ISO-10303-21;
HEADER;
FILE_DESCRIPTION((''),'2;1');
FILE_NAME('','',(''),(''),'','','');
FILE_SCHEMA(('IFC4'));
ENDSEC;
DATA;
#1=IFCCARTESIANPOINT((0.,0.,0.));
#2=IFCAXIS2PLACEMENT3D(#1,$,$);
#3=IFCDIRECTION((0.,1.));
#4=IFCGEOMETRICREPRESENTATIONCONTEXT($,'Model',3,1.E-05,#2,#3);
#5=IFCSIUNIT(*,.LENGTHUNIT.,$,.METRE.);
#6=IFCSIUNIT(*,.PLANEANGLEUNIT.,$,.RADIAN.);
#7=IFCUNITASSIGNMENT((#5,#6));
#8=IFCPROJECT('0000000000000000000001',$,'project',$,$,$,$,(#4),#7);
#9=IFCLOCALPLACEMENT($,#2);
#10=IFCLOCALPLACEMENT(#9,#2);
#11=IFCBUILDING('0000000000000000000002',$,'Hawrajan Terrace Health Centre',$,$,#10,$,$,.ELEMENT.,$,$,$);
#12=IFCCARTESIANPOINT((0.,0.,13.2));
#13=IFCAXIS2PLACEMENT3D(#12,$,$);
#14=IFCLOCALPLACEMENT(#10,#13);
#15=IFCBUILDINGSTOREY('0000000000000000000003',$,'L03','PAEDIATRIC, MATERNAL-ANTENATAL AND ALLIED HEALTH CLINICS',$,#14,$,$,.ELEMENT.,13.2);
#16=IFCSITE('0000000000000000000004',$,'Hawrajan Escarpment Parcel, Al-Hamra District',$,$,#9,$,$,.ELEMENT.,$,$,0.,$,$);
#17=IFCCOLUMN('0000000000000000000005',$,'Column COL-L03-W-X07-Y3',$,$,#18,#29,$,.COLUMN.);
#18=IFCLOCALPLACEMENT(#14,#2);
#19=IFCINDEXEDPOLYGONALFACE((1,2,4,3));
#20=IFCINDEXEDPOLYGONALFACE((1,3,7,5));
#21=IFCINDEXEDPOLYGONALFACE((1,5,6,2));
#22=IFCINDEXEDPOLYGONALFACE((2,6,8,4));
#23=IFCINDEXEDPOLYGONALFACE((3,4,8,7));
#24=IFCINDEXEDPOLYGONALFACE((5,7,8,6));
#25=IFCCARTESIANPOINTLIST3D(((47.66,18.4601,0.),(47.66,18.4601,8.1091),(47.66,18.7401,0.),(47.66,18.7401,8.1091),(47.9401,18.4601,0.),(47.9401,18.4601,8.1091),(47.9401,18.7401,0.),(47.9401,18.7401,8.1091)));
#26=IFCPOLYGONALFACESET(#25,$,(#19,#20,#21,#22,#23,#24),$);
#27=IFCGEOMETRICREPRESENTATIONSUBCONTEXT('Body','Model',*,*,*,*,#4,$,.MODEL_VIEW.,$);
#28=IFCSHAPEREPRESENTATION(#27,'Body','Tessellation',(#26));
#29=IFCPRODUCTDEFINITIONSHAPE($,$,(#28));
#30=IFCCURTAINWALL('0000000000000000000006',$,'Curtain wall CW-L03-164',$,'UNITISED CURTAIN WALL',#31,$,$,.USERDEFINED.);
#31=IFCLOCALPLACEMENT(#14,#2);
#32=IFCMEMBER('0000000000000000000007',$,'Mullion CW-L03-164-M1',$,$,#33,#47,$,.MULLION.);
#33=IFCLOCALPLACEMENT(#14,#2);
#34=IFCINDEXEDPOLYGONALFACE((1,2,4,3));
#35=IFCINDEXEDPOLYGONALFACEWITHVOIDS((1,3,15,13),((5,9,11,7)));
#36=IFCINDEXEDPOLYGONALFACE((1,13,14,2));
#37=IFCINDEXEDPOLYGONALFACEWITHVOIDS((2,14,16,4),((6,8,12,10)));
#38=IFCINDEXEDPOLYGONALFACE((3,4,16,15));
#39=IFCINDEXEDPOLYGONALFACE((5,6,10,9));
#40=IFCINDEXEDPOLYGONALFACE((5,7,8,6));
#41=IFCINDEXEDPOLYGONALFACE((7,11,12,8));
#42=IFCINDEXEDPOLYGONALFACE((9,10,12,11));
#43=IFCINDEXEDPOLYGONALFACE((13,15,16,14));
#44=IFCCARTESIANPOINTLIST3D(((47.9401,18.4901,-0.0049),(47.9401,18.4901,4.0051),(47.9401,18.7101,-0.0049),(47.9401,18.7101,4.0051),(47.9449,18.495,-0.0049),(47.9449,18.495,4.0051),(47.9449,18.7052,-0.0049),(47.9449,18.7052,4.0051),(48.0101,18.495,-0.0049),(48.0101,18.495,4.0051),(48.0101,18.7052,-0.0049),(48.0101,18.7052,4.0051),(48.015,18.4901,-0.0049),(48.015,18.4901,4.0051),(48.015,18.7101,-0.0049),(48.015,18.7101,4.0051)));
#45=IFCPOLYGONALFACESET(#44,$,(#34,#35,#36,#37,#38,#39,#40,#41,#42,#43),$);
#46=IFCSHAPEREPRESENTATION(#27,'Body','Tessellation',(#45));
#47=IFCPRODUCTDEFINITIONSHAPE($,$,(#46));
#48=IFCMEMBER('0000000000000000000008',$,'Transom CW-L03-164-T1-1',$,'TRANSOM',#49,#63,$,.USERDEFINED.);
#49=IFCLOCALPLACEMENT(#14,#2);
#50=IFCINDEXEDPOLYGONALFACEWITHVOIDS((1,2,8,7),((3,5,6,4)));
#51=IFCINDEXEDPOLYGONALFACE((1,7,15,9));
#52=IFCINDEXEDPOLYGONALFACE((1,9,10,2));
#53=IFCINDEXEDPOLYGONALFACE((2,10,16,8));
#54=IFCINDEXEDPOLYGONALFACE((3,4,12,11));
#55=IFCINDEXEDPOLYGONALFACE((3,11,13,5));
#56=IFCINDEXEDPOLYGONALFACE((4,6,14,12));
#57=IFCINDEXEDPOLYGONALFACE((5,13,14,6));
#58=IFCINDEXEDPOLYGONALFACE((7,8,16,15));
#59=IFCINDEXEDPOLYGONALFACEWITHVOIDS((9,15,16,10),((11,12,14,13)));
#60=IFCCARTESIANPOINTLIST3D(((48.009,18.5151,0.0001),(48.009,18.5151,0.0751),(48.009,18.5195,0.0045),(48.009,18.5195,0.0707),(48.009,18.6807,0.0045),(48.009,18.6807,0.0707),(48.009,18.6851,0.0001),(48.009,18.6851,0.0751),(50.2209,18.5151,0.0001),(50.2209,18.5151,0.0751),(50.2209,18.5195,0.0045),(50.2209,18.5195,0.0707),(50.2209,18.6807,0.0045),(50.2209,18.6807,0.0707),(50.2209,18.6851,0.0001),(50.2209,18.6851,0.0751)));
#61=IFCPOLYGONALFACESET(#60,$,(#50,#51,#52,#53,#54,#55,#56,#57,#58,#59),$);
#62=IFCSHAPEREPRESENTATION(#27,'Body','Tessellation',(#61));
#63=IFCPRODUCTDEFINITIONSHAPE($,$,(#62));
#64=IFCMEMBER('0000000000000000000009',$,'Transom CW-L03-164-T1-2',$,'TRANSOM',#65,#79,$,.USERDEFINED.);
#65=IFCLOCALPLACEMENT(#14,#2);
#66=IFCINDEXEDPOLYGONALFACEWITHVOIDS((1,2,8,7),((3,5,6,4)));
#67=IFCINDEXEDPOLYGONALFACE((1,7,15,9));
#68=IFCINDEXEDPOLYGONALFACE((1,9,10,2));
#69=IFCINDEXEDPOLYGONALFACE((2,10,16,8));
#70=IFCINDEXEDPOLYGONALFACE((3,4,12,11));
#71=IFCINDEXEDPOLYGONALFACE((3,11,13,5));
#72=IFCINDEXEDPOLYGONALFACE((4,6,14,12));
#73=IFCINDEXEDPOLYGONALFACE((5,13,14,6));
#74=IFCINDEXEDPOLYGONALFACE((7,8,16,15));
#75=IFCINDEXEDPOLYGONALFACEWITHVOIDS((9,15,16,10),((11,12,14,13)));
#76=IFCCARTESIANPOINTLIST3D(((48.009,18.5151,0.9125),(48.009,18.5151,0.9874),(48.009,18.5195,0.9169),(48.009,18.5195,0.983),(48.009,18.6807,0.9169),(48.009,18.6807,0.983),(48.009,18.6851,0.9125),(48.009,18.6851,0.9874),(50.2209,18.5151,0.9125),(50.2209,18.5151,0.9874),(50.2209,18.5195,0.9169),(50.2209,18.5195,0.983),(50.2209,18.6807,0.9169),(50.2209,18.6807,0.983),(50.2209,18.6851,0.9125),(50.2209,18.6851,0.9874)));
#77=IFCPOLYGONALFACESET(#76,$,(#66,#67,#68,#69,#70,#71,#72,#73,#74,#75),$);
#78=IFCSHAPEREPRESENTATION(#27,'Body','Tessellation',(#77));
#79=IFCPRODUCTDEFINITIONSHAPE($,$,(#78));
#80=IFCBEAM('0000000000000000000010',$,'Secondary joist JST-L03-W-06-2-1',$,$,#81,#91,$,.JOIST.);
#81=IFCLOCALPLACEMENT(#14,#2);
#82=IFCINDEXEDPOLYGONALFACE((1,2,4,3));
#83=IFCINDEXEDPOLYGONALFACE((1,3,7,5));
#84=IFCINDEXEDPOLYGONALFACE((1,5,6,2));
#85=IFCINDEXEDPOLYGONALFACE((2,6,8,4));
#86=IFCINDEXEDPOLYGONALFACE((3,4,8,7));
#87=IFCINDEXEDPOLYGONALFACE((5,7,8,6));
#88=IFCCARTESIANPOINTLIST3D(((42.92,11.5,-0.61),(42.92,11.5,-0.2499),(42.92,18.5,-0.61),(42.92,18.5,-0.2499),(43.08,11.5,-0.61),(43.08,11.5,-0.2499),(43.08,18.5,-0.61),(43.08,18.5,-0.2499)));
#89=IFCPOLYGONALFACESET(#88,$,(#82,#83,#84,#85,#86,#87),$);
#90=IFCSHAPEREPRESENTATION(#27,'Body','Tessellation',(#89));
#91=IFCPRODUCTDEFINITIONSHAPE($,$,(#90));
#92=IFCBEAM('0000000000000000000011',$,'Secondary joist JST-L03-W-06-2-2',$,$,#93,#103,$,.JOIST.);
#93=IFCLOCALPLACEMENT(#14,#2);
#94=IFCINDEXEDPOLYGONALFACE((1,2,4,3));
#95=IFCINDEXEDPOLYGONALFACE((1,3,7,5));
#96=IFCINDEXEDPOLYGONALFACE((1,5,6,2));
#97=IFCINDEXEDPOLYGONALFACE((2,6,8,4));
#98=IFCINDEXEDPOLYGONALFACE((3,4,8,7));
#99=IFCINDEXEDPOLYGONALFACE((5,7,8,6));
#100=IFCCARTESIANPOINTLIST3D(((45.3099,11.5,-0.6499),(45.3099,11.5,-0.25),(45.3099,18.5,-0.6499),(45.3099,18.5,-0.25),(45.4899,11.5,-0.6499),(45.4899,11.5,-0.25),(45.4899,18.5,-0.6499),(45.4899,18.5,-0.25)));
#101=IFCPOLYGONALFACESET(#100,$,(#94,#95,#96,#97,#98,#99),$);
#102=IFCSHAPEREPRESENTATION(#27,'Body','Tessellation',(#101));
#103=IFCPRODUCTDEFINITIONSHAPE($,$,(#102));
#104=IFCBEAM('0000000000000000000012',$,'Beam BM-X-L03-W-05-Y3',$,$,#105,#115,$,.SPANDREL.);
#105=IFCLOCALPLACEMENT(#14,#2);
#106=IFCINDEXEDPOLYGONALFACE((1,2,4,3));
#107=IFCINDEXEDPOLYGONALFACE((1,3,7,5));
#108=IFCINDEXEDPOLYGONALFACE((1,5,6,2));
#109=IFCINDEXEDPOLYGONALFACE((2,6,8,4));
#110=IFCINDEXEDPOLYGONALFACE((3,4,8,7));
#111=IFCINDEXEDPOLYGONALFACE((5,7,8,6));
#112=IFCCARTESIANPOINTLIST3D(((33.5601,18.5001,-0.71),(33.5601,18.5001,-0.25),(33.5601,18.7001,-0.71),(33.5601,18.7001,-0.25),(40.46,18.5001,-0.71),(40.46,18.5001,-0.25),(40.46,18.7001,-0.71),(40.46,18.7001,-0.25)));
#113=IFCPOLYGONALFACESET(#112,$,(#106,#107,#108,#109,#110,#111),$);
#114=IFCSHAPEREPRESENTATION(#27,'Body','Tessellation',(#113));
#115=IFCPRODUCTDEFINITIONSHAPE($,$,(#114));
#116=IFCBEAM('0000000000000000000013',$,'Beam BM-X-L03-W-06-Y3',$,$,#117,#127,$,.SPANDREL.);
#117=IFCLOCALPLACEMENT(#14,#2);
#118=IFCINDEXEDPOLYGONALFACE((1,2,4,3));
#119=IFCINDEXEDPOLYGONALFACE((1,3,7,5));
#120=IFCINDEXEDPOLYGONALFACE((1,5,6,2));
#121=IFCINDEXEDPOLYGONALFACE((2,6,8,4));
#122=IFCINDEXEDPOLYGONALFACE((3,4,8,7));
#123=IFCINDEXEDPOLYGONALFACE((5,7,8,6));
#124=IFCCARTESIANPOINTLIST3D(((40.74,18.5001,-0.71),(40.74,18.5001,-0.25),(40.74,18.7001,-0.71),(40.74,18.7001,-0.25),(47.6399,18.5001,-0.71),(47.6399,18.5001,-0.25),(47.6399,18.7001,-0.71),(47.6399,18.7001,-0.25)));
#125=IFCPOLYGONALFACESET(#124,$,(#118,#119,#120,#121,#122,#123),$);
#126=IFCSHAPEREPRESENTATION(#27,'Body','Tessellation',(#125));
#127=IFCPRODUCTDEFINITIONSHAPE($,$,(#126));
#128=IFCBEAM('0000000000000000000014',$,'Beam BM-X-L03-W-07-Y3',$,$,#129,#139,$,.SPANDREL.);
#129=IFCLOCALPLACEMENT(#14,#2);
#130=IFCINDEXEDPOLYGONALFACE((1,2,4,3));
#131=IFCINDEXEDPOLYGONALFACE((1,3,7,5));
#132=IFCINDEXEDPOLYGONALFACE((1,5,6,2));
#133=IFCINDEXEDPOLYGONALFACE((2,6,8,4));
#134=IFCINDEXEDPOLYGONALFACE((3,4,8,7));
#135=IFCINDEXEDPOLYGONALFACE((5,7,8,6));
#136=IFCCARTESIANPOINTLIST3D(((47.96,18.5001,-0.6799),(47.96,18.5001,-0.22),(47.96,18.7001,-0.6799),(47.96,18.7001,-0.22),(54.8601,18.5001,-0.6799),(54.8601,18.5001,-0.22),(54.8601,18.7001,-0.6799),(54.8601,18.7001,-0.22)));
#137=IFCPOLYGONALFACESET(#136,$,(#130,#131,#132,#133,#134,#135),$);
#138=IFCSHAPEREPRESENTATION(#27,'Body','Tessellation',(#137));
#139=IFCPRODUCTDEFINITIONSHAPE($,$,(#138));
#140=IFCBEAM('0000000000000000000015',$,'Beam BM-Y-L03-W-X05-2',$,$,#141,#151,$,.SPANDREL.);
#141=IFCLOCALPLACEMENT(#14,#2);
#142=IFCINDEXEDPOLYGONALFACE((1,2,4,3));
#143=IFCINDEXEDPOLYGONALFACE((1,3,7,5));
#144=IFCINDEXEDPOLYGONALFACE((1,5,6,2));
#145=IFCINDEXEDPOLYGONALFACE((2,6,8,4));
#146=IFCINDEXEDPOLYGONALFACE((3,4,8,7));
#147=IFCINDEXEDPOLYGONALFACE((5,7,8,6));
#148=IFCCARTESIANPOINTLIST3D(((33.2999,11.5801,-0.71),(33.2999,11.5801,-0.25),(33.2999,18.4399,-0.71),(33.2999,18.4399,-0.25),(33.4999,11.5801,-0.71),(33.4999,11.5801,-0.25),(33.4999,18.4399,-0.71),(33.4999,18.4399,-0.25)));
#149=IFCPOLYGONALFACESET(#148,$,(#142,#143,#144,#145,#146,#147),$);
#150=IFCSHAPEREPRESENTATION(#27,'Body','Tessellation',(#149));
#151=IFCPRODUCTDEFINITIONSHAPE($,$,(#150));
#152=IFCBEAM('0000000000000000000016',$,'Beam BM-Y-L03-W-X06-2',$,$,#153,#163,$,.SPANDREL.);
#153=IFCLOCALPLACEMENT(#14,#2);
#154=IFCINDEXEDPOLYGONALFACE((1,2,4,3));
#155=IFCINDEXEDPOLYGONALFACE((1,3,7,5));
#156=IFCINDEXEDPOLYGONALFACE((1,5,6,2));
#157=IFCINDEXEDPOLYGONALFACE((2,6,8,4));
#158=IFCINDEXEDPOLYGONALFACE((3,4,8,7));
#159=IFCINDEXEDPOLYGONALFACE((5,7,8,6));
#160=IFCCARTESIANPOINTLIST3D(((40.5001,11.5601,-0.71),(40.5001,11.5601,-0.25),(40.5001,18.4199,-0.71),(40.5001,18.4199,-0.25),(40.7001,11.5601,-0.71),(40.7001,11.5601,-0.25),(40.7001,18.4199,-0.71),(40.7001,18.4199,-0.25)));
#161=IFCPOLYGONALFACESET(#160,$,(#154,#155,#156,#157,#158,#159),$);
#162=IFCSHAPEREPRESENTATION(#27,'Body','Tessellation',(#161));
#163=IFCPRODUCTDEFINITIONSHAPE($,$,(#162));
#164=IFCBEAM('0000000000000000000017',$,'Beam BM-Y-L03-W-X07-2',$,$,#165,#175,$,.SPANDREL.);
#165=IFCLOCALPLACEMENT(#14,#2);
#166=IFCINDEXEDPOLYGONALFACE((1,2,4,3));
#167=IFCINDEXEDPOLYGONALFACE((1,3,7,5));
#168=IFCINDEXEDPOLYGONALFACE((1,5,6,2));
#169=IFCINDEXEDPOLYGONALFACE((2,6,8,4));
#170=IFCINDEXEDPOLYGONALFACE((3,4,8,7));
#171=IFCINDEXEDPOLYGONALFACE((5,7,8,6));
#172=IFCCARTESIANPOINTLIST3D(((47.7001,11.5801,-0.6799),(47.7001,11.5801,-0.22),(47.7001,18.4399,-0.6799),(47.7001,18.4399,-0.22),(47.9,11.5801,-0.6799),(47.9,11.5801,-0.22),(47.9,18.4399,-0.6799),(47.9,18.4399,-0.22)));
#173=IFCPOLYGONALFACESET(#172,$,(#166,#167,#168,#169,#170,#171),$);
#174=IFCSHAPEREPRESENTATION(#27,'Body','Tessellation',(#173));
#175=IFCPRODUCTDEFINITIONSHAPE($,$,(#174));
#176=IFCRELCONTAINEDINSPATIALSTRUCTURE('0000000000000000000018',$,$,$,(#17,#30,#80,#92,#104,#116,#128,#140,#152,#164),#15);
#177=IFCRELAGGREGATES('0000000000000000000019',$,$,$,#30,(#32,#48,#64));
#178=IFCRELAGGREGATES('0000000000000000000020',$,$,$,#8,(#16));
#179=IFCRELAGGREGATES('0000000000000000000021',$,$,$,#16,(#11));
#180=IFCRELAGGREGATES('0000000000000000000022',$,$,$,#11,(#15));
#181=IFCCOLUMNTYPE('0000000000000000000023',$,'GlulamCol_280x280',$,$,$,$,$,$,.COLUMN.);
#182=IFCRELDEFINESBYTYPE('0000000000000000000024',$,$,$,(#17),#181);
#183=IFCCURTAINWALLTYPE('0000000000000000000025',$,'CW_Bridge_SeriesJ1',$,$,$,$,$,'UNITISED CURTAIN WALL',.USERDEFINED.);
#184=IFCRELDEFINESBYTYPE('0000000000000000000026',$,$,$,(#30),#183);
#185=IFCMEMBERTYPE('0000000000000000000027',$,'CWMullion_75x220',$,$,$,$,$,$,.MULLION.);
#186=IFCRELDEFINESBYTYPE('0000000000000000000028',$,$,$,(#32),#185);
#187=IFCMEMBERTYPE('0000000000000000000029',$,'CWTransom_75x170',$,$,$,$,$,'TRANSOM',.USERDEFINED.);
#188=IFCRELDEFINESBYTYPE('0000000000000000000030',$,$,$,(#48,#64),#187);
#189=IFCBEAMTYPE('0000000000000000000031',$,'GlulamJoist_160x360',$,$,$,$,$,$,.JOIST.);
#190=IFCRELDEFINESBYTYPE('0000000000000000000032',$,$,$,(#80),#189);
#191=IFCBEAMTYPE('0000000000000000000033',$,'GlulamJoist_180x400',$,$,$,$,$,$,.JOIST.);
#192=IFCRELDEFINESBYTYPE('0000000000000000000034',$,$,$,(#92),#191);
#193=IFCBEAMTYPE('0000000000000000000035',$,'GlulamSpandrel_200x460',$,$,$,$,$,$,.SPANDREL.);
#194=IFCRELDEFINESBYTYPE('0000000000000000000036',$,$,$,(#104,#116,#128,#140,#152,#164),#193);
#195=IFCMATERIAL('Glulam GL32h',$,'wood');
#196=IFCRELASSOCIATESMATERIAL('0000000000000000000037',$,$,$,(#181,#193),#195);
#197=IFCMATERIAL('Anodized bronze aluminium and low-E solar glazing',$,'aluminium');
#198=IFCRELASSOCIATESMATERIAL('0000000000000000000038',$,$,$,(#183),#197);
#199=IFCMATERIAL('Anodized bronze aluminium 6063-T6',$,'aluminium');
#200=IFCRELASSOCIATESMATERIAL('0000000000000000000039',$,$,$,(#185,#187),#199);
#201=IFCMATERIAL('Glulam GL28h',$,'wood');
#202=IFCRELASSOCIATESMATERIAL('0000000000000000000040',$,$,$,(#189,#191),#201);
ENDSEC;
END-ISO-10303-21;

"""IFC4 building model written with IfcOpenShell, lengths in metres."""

from ifc_helpers import new_model, si_unit, direction, frame, origin, origin_2d, place, context, subcontext, project, spatial, rectangle, hollow_rectangle, extrude, material, material_profile, profile_set, type_object, element, aggregate, save


model = new_model("IFC4")

# Units and contexts
model_context = context("Model", 3, precision=1e-05, world=origin(), true_north=direction((0.0, 1.0)))
body_context = subcontext(model_context, "Body", "Model", "MODEL_VIEW")
ifc_project = project(units=[si_unit("LENGTHUNIT", "METRE"), si_unit("PLANEANGLEUNIT", "RADIAN")], contexts=[model_context])

# Site, building, storey
site_placement = place(None, origin())
site = spatial("IfcSite", under=ifc_project, at=site_placement, Name="Hawrajan Escarpment Parcel, Al-Hamra District", CompositionType="ELEMENT", RefElevation=0.0)
building_placement = place(site_placement, origin())
building = spatial("IfcBuilding", under=site, at=building_placement, Name="Hawrajan Terrace Health Centre", CompositionType="ELEMENT")
storey_placement = place(building_placement, frame((0.0, 0.0, 13.2)))
storey = spatial("IfcBuildingStorey", under=building, at=storey_placement, Name="L03", Description="PAEDIATRIC, MATERNAL-ANTENATAL AND ALLIED HEALTH CLINICS", CompositionType="ELEMENT", Elevation=13.2)

# Column
ifc_material_1 = material(Name="Glulam GL32h", Category="wood")
ifc_material_profile_1 = material_profile(ifc_material_1, rectangle(XDim=0.28, YDim=0.28, at=origin_2d()), Name="GL 280x280")
ifc_profile_set_1 = profile_set([ifc_material_profile_1], Name="Glulam GL32h")
column_type = type_object("IfcColumnType", Name="GlulamCol_280x280", PredefinedType="COLUMN", material=ifc_profile_set_1)
column_placement = place(storey_placement, frame((47.8, 18.6001, 0.0), z_axis=(0.0, 0.0, 1.0), x_axis=(1.0, 0.0, 0.0)))
element("IfcColumn", 1, at=column_placement, inside=storey, type_object=column_type, Name="Column COL-L03-W-X07-Y3", PredefinedType="COLUMN", context=body_context, shape_type="SweptSolid", body=[
    extrude(rectangle(XDim=0.28, YDim=0.28, at=origin_2d()), origin(), (0.0, 0.0, 1.0), 8.1091),
])

# Curtain wall, members
ifc_material_2 = material(Name="Anodized bronze aluminium and low-E solar glazing", Category="aluminium")
curtain_wall_type = type_object("IfcCurtainWallType", Name="CW_Bridge_SeriesJ1", ElementType="UNITISED CURTAIN WALL", PredefinedType="USERDEFINED", material=ifc_material_2)
curtain_wall_placement = place(storey_placement, origin())
curtain_wall = element("IfcCurtainWall", 2, at=curtain_wall_placement, inside=storey, type_object=curtain_wall_type, Name="Curtain wall CW-L03-164", ObjectType="UNITISED CURTAIN WALL", PredefinedType="USERDEFINED")
ifc_material_3 = material(Name="Anodized bronze aluminium 6063-T6", Category="aluminium")
ifc_material_profile_2 = material_profile(ifc_material_3, hollow_rectangle(XDim=0.075, YDim=0.22, WallThickness=0.0049, at=origin_2d()), Name="CW MUL 75x220")
ifc_profile_set_2 = profile_set([ifc_material_profile_2], Name="Anodized bronze aluminium 6063-T6")
member_type_1 = type_object("IfcMemberType", Name="CWMullion_75x220", PredefinedType="MULLION", material=ifc_profile_set_2)
member_1_placement = place(storey_placement, frame((47.9775, 18.6001, -0.0049), z_axis=(0.0, 0.0, 1.0), x_axis=(1.0, 0.0, 0.0)))
member_1 = element("IfcMember", 3, at=member_1_placement, type_object=member_type_1, Name="Mullion CW-L03-164-M1", PredefinedType="MULLION", context=body_context, shape_type="SweptSolid", body=[
    extrude(hollow_rectangle(XDim=0.075, YDim=0.22, WallThickness=0.0049, at=origin_2d()), origin(), (0.0, 0.0, 1.0), 4.01),
])
ifc_material_profile_3 = material_profile(ifc_material_3, hollow_rectangle(XDim=0.075, YDim=0.1699, WallThickness=0.0044, at=origin_2d()), Name="CW TRN 75x170")
ifc_profile_set_3 = profile_set([ifc_material_profile_3], Name="Anodized bronze aluminium 6063-T6")
member_type_2 = type_object("IfcMemberType", Name="CWTransom_75x170", ElementType="TRANSOM", PredefinedType="USERDEFINED", material=ifc_profile_set_3)
member_2_placement = place(storey_placement, frame((48.009, 18.6001, 0.0376), z_axis=(1.0, 0.0, 0.0), x_axis=(0.0, 0.0, 1.0)))
member_2 = element("IfcMember", 4, at=member_2_placement, type_object=member_type_2, Name="Transom CW-L03-164-T1-1", ObjectType="TRANSOM", PredefinedType="USERDEFINED", context=body_context, shape_type="SweptSolid", body=[
    extrude(hollow_rectangle(XDim=0.075, YDim=0.1699, WallThickness=0.0044, at=origin_2d()), origin(), (0.0, 0.0, 1.0), 2.2119),
])
member_3_placement = place(storey_placement, frame((48.009, 18.6001, 0.95), z_axis=(1.0, 0.0, 0.0), x_axis=(0.0, 0.0, 1.0)))
member_3 = element("IfcMember", 5, at=member_3_placement, type_object=member_type_2, Name="Transom CW-L03-164-T1-2", ObjectType="TRANSOM", PredefinedType="USERDEFINED", context=body_context, shape_type="SweptSolid", body=[
    extrude(hollow_rectangle(XDim=0.075, YDim=0.1699, WallThickness=0.0044, at=origin_2d()), origin(), (0.0, 0.0, 1.0), 2.2119),
])
aggregate(curtain_wall, [member_1, member_2, member_3])

# Beams
ifc_material_4 = material(Name="Glulam GL28h", Category="wood")
ifc_material_profile_4 = material_profile(ifc_material_4, rectangle(XDim=0.1599, YDim=0.3601, at=origin_2d()), Name="GL JST 160x360")
ifc_profile_set_4 = profile_set([ifc_material_profile_4], Name="Glulam GL28h")
beam_type_1 = type_object("IfcBeamType", Name="GlulamJoist_160x360", PredefinedType="JOIST", material=ifc_profile_set_4)
beam_1_placement = place(storey_placement, frame((43.0, 11.5, -0.4299), z_axis=(0.0, 1.0, 0.0), x_axis=(-1.0, 0.0, 0.0)))
element("IfcBeam", 6, at=beam_1_placement, inside=storey, type_object=beam_type_1, Name="Secondary joist JST-L03-W-06-2-1", PredefinedType="JOIST", context=body_context, shape_type="SweptSolid", body=[
    extrude(rectangle(XDim=0.1599, YDim=0.3601, at=origin_2d()), origin(), (0.0, 0.0, 1.0), 7.0),
])
ifc_material_profile_5 = material_profile(ifc_material_4, rectangle(XDim=0.1799, YDim=0.3999, at=origin_2d()), Name="GL JST 180x400")
ifc_profile_set_5 = profile_set([ifc_material_profile_5], Name="Glulam GL28h")
beam_type_2 = type_object("IfcBeamType", Name="GlulamJoist_180x400", PredefinedType="JOIST", material=ifc_profile_set_5)
beam_2_placement = place(storey_placement, frame((45.3999, 11.5, -0.45), z_axis=(0.0, 1.0, 0.0), x_axis=(-1.0, 0.0, 0.0)))
element("IfcBeam", 7, at=beam_2_placement, inside=storey, type_object=beam_type_2, Name="Secondary joist JST-L03-W-06-2-2", PredefinedType="JOIST", context=body_context, shape_type="SweptSolid", body=[
    extrude(rectangle(XDim=0.1799, YDim=0.3999, at=origin_2d()), origin(), (0.0, 0.0, 1.0), 7.0),
])
ifc_material_profile_6 = material_profile(ifc_material_1, rectangle(XDim=0.2, YDim=0.46, at=origin_2d()), Name="GL SP 200x460")
ifc_profile_set_6 = profile_set([ifc_material_profile_6], Name="Glulam GL32h")
beam_type_3 = type_object("IfcBeamType", Name="GlulamSpandrel_200x460", PredefinedType="SPANDREL", material=ifc_profile_set_6)
for number, where, z_axis, x_axis, name in (
    (8, (33.5601, 18.6001, -0.48), (1.0, 0.0, 0.0), (0.0, 1.0, 0.0), "Beam BM-X-L03-W-05-Y3"),
    (9, (40.74, 18.6001, -0.48), (1.0, 0.0, 0.0), (0.0, 1.0, 0.0), "Beam BM-X-L03-W-06-Y3"),
):
    element("IfcBeam", number, at=place(storey_placement, frame(where, z_axis=z_axis, x_axis=x_axis)), inside=storey, type_object=beam_type_3, Name=name, PredefinedType="SPANDREL", context=body_context, shape_type="SweptSolid", body=[
        extrude(rectangle(XDim=0.2, YDim=0.46, at=origin_2d()), origin(), (0.0, 0.0, 1.0), 6.8999),
    ])
beam_3_placement = place(storey_placement, frame((47.96, 18.6001, -0.45), z_axis=(1.0, 0.0, 0.0), x_axis=(0.0, 1.0, 0.0)))
element("IfcBeam", 10, at=beam_3_placement, inside=storey, type_object=beam_type_3, Name="Beam BM-X-L03-W-07-Y3", PredefinedType="SPANDREL", context=body_context, shape_type="SweptSolid", body=[
    extrude(rectangle(XDim=0.2, YDim=0.46, at=origin_2d()), origin(), (0.0, 0.0, 1.0), 6.9001),
])
for number, where, z_axis, x_axis, name in (
    (11, (33.3999, 11.5801, -0.48), (0.0, 1.0, 0.0), (-1.0, 0.0, 0.0), "Beam BM-Y-L03-W-X05-2"),
    (12, (40.6001, 11.5601, -0.48), (0.0, 1.0, 0.0), (-1.0, 0.0, 0.0), "Beam BM-Y-L03-W-X06-2"),
    (13, (47.8, 11.5801, -0.45), (0.0, 1.0, 0.0), (-1.0, 0.0, 0.0), "Beam BM-Y-L03-W-X07-2"),
):
    element("IfcBeam", number, at=place(storey_placement, frame(where, z_axis=z_axis, x_axis=x_axis)), inside=storey, type_object=beam_type_3, Name=name, PredefinedType="SPANDREL", context=body_context, shape_type="SweptSolid", body=[
        extrude(rectangle(XDim=0.2, YDim=0.46, at=origin_2d()), origin(), (0.0, 0.0, 1.0), 6.8599),
    ])

save(model, "model.ifc")
